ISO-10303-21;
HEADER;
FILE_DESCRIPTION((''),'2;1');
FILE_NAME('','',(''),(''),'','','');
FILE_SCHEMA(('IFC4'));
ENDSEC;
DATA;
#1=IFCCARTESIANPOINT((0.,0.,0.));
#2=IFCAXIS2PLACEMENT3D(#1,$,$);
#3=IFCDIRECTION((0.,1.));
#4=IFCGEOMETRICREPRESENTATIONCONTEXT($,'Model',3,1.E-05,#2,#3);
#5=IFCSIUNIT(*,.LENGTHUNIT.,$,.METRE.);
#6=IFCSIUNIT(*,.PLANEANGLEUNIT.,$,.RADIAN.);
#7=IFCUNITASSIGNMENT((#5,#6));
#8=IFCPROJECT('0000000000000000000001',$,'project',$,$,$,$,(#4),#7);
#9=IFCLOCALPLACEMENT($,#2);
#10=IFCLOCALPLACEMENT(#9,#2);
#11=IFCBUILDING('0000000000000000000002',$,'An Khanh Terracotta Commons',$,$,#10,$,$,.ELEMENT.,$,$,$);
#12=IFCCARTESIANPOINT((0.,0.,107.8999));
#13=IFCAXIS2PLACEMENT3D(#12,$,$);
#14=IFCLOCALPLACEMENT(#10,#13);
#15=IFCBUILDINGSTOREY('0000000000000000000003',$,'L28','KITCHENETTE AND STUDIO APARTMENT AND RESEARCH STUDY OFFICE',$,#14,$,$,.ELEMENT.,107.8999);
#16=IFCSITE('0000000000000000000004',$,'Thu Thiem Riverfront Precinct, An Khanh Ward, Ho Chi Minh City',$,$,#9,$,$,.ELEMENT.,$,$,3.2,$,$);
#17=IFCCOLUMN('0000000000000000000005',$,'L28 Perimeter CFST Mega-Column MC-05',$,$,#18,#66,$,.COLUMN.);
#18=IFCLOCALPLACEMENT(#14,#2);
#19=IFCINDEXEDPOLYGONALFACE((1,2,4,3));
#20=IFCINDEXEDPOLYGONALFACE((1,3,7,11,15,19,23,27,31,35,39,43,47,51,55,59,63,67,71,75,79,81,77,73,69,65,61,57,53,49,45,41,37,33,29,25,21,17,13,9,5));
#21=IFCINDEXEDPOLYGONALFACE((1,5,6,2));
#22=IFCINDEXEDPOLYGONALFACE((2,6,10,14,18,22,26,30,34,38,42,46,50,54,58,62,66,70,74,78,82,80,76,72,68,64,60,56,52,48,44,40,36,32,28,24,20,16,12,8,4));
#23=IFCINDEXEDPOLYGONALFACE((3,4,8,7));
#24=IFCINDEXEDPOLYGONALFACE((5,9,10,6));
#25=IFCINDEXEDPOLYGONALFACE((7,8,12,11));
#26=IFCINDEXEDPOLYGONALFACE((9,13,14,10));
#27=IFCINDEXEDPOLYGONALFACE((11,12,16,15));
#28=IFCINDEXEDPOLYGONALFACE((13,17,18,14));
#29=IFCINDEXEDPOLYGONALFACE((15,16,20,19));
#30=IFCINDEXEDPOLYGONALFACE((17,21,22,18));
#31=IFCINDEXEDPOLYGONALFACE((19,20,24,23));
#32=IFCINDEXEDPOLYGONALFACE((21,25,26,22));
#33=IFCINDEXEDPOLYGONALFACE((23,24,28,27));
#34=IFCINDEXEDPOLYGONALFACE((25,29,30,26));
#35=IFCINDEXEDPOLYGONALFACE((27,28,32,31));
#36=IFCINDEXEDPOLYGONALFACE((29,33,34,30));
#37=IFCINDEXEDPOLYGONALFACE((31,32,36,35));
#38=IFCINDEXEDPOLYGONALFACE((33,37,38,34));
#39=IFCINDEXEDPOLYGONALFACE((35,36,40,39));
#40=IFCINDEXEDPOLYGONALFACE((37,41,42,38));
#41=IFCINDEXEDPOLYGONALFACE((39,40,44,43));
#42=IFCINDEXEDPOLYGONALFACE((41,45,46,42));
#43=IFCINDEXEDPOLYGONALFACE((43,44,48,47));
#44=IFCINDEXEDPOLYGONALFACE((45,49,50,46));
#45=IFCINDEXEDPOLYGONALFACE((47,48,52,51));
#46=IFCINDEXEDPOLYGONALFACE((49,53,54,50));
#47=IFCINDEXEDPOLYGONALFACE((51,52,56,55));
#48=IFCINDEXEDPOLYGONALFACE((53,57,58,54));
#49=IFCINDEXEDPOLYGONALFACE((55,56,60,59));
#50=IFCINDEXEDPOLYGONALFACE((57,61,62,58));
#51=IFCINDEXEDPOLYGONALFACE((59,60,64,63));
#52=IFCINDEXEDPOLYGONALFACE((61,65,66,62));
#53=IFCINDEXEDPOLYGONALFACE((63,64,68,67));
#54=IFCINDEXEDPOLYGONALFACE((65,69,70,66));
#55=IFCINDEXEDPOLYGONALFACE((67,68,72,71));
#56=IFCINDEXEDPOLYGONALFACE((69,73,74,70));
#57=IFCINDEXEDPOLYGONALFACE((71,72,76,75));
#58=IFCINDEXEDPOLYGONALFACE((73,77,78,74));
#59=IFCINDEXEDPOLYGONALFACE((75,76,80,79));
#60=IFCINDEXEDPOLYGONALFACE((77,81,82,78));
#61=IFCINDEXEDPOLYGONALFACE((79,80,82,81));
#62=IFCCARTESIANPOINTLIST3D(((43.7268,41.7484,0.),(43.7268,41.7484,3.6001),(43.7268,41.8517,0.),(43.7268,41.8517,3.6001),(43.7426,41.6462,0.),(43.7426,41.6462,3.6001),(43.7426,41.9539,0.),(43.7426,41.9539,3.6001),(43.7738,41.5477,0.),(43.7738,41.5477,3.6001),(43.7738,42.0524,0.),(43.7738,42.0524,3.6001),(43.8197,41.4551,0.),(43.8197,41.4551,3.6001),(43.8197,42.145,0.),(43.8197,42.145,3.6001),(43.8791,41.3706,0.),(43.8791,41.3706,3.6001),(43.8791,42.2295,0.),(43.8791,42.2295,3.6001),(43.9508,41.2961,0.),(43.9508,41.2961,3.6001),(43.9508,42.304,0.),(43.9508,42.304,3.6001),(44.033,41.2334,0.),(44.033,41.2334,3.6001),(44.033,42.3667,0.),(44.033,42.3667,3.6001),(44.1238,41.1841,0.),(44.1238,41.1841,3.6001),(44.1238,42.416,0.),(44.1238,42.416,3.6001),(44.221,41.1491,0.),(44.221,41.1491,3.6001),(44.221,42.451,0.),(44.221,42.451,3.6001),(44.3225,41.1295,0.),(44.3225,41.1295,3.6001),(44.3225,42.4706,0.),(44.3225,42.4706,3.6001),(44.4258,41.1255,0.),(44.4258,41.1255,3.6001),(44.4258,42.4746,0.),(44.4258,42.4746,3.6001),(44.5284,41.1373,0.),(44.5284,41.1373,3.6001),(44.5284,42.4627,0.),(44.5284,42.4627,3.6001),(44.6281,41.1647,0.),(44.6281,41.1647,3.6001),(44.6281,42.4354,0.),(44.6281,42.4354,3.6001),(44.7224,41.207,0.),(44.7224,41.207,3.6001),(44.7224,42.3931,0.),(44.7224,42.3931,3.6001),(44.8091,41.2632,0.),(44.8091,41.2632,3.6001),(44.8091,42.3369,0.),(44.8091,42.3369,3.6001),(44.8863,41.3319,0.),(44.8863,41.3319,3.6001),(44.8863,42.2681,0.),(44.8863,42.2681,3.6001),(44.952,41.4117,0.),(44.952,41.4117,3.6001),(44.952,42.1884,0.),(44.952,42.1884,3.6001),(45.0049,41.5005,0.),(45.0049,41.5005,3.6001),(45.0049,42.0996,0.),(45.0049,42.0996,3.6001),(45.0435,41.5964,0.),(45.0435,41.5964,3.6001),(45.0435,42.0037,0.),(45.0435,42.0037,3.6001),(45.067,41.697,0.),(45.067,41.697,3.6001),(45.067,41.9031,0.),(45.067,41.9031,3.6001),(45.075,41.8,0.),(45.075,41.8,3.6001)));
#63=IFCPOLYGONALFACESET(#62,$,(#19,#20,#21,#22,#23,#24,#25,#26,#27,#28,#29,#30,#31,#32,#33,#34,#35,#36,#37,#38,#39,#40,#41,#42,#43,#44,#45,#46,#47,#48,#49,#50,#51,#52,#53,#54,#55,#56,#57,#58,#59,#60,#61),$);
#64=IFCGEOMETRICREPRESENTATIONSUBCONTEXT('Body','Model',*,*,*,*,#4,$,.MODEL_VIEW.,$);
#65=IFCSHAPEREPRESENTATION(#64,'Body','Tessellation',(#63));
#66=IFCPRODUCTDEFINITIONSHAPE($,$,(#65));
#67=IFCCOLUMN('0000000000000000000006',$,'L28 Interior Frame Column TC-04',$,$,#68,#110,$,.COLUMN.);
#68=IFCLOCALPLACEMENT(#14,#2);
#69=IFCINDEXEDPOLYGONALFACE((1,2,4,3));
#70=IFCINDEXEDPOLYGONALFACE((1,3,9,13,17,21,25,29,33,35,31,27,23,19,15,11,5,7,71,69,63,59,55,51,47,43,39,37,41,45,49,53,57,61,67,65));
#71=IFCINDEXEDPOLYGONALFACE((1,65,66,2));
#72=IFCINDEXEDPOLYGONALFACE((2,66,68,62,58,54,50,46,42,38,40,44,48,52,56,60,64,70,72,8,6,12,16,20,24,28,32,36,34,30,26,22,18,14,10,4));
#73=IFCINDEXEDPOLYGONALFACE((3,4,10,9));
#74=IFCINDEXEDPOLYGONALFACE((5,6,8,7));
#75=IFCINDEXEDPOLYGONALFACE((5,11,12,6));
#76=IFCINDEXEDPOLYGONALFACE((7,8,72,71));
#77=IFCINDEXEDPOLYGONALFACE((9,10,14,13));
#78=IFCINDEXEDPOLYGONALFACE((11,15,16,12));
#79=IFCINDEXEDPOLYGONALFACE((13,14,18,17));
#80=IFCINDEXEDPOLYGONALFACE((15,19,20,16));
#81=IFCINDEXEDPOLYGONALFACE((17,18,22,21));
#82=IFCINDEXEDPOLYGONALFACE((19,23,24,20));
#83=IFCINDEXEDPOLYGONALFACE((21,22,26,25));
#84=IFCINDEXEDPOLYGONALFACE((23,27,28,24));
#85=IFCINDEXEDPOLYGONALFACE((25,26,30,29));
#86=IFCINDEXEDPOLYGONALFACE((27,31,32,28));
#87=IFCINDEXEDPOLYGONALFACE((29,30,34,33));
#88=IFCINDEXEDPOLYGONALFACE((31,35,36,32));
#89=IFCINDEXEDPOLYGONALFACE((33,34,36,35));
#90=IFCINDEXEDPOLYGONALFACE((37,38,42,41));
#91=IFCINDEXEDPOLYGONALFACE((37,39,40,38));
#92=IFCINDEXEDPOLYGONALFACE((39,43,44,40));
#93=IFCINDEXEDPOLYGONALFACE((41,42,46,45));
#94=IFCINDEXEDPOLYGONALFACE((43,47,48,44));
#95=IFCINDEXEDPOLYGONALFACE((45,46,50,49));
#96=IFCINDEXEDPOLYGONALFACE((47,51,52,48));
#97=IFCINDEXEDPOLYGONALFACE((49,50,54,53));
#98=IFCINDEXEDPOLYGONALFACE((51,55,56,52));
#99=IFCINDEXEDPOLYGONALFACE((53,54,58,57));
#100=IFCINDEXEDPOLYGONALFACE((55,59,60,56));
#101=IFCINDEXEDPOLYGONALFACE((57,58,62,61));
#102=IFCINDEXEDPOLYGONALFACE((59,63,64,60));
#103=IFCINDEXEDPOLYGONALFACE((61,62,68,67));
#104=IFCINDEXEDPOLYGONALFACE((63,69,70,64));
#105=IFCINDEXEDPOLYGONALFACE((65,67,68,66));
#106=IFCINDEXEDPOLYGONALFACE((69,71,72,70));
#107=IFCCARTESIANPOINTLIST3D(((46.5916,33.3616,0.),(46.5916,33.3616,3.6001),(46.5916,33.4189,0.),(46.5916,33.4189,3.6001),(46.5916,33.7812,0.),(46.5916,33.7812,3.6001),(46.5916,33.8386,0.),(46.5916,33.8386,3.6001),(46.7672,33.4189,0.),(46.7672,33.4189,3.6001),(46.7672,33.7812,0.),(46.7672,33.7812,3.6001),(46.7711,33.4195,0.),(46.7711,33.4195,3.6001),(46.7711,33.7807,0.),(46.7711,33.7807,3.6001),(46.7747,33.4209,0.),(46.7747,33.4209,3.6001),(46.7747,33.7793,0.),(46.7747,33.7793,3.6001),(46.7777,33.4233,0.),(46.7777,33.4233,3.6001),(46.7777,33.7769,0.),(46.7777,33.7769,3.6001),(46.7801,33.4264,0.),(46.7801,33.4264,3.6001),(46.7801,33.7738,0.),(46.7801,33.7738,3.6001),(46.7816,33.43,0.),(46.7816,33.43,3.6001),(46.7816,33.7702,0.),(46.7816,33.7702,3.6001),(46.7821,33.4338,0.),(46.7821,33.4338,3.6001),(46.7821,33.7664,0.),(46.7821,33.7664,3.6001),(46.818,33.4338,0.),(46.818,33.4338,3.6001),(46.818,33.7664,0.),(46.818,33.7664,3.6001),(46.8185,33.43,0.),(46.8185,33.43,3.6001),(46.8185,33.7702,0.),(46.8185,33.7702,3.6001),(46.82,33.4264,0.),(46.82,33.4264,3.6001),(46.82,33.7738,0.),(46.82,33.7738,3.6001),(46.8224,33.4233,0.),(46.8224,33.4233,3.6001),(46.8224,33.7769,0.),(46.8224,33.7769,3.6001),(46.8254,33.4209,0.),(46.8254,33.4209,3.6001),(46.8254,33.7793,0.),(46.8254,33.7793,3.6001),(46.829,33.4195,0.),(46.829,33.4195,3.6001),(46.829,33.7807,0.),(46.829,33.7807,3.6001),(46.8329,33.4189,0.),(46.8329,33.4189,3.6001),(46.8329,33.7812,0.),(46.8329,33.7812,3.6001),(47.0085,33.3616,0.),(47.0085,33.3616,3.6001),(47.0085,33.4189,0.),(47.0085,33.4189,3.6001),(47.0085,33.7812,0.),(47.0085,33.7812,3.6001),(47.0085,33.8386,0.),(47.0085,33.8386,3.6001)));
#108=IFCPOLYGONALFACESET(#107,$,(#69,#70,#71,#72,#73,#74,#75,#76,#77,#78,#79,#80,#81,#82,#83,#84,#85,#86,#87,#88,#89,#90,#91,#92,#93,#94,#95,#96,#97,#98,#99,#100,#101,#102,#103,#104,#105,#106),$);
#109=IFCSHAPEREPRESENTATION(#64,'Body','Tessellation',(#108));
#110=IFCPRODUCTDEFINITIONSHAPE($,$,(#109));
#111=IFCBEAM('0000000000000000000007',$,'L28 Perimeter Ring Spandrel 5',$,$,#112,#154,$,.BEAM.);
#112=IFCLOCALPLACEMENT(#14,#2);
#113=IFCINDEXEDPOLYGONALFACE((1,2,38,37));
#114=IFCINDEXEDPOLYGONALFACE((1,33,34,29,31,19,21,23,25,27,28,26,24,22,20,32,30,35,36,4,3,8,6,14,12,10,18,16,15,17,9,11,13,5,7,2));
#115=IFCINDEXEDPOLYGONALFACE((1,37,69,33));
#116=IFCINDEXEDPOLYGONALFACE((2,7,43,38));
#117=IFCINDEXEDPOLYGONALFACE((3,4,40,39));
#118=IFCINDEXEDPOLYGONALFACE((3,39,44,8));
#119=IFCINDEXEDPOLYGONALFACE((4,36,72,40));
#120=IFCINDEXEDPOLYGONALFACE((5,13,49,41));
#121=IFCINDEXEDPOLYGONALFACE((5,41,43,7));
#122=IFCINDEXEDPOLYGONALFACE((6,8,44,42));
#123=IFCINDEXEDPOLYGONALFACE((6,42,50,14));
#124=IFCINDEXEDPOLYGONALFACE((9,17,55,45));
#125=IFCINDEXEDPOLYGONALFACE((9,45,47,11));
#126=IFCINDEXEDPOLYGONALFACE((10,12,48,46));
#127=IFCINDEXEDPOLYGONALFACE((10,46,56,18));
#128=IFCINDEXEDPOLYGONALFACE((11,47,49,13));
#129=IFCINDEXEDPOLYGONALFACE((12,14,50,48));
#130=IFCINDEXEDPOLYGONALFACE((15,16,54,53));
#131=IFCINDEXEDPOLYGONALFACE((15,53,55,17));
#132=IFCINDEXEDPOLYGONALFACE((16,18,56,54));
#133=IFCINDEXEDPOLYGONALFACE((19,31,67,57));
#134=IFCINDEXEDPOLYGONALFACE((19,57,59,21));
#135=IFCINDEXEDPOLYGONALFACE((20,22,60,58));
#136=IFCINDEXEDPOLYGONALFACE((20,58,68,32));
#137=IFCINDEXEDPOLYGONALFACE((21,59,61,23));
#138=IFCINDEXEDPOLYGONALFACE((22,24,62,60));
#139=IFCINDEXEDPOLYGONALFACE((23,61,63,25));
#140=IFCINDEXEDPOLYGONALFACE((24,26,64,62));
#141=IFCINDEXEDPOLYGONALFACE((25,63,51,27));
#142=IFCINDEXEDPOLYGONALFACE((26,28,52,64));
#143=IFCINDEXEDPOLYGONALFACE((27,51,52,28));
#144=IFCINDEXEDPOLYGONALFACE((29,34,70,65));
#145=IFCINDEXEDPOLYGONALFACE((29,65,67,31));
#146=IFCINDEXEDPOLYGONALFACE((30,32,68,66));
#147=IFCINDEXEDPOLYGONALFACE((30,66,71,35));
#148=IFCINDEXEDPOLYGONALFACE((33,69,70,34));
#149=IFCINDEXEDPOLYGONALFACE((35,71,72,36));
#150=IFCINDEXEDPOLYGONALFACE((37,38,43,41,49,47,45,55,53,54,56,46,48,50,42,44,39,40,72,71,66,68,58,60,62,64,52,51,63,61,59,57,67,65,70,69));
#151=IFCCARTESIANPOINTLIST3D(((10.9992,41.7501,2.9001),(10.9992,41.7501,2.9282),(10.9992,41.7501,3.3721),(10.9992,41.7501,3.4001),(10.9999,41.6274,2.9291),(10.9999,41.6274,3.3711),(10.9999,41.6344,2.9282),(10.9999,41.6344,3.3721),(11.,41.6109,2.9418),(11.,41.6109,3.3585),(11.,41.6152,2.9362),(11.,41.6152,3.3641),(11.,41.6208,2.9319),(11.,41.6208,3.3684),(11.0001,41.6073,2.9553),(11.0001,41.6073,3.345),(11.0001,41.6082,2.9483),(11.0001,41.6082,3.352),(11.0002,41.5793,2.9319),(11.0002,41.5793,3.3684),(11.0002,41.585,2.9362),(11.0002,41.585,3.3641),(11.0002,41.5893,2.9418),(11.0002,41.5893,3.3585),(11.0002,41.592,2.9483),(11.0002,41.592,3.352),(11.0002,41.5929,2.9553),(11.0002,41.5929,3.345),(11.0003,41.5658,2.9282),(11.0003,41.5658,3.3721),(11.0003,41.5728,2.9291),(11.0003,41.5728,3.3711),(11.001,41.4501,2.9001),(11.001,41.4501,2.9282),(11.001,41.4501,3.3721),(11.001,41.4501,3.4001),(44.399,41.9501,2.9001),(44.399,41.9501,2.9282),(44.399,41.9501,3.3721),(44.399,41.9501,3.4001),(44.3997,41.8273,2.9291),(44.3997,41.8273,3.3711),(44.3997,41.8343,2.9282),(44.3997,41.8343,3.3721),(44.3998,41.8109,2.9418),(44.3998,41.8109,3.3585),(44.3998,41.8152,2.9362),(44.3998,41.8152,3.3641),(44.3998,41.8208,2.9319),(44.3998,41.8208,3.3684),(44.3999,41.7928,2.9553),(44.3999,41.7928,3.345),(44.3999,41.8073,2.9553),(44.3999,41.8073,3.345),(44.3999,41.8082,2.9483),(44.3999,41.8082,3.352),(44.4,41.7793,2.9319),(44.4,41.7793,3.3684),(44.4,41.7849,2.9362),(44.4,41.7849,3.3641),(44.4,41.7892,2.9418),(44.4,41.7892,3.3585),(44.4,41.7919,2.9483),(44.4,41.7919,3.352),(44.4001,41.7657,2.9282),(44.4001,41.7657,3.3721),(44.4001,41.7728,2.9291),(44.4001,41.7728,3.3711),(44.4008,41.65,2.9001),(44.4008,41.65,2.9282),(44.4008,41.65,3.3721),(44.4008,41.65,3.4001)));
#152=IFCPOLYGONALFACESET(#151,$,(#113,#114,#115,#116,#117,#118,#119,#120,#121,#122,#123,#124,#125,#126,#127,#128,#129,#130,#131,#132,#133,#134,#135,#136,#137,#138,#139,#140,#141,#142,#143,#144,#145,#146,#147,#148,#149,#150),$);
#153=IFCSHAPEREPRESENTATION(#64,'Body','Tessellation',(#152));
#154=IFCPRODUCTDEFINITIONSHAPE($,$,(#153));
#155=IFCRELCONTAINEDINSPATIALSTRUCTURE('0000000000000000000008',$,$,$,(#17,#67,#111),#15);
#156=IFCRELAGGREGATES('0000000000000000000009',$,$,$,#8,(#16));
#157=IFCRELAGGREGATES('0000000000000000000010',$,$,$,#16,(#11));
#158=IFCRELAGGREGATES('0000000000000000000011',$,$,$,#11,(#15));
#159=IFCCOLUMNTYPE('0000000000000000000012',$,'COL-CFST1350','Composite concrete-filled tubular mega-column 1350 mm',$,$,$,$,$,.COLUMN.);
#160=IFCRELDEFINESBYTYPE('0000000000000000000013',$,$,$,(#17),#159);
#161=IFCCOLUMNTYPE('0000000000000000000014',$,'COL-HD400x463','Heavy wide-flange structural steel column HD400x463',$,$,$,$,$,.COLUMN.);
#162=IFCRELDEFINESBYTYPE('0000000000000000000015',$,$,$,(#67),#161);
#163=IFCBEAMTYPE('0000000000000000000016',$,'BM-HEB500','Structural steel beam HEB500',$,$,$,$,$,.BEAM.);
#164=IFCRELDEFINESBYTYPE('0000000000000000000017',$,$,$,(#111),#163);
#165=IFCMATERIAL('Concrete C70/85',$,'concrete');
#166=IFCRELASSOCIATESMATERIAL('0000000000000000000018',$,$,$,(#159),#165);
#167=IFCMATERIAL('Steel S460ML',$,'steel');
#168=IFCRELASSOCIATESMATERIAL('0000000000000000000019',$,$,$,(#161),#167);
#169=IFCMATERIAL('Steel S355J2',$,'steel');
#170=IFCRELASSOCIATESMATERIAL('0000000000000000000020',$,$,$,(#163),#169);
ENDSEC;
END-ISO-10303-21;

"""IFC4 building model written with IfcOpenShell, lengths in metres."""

from ifc_helpers import new_model, si_unit, direction, frame, origin, origin_2d, place, context, subcontext, project, spatial, circle, i_section, extrude, material, material_profile, profile_set, type_object, element, save


model = new_model("IFC4")

# Units and contexts
model_context = context("Model", 3, precision=1e-05, world=origin(), true_north=direction((0.0, 1.0)))
body_context = subcontext(model_context, "Body", "Model", "MODEL_VIEW")
ifc_project = project(units=[si_unit("LENGTHUNIT", "METRE"), si_unit("PLANEANGLEUNIT", "RADIAN")], contexts=[model_context])

# Site, building, storey
site_placement = place(None, origin())
site = spatial("IfcSite", under=ifc_project, at=site_placement, Name="Thu Thiem Riverfront Precinct, An Khanh Ward, Ho Chi Minh City", CompositionType="ELEMENT", RefElevation=3.2)
building_placement = place(site_placement, origin())
building = spatial("IfcBuilding", under=site, at=building_placement, Name="An Khanh Terracotta Commons", CompositionType="ELEMENT")
storey_placement = place(building_placement, frame((0.0, 0.0, 107.8999)))
storey = spatial("IfcBuildingStorey", under=building, at=storey_placement, Name="L28", Description="KITCHENETTE AND STUDIO APARTMENT AND RESEARCH STUDY OFFICE", CompositionType="ELEMENT", Elevation=107.8999)

# Columns
ifc_material_1 = material(Name="Concrete C70/85", Category="concrete")
ifc_material_profile_1 = material_profile(ifc_material_1, circle(Radius=0.675, at=origin_2d()), Name="CFST1350")
ifc_profile_set_1 = profile_set([ifc_material_profile_1], Name="Concrete C70/85")
column_type_1 = type_object("IfcColumnType", Name="COL-CFST1350", Description="Composite concrete-filled tubular mega-column 1350 mm", PredefinedType="COLUMN", material=ifc_profile_set_1)
column_1_placement = place(storey_placement, frame((44.3999, 41.8, 0.0), z_axis=(0.0, 0.0, 1.0), x_axis=(1.0, 0.0, 0.0)))
element("IfcColumn", 1, at=column_1_placement, inside=storey, type_object=column_type_1, Name="L28 Perimeter CFST Mega-Column MC-05", PredefinedType="COLUMN", context=body_context, shape_type="SweptSolid", body=[
    extrude(circle(Radius=0.675, at=origin_2d()), origin(), (0.0, 0.0, 1.0), 3.6001),
])
ifc_material_2 = material(Name="Steel S460ML", Category="steel")
ifc_material_profile_2 = material_profile(ifc_material_2, i_section(OverallWidth=0.417, OverallDepth=0.4771, WebThickness=0.0359, FlangeThickness=0.0574, FilletRadius=0.0149, at=origin_2d()), Name="HD400x463")
ifc_profile_set_2 = profile_set([ifc_material_profile_2], Name="Steel S460ML")
column_type_2 = type_object("IfcColumnType", Name="COL-HD400x463", Description="Heavy wide-flange structural steel column HD400x463", PredefinedType="COLUMN", material=ifc_profile_set_2)
column_2_placement = place(storey_placement, frame((46.8, 33.6001, 0.0), z_axis=(0.0, 0.0, 1.0), x_axis=(1.0, 0.0, 0.0)))
element("IfcColumn", 2, at=column_2_placement, inside=storey, type_object=column_type_2, Name="L28 Interior Frame Column TC-04", PredefinedType="COLUMN", context=body_context, shape_type="SweptSolid", body=[
    extrude(i_section(OverallWidth=0.417, OverallDepth=0.4771, WebThickness=0.0359, FlangeThickness=0.0574, FilletRadius=0.0149, at=origin_2d()), origin(), (0.0, 0.0, 1.0), 3.6001),
])

# Beam
ifc_material_3 = material(Name="Steel S355J2", Category="steel")
ifc_material_profile_3 = material_profile(ifc_material_3, i_section(OverallWidth=0.3, OverallDepth=0.5, WebThickness=0.0144, FlangeThickness=0.0281, FilletRadius=0.0271, at=origin_2d()), Name="HEB500")
ifc_profile_set_3 = profile_set([ifc_material_profile_3], Name="Steel S355J2")
beam_type = type_object("IfcBeamType", Name="BM-HEB500", Description="Structural steel beam HEB500", PredefinedType="BEAM", material=ifc_profile_set_3)
beam_1_placement = place(storey_placement, frame((44.3999, 41.8, 3.1501), z_axis=(-0.999982, -0.005986, 0.0), x_axis=(0.005986, -0.999982, 0.0)))
element("IfcBeam", 3, at=beam_1_placement, inside=storey, type_object=beam_type, Name="L28 Perimeter Ring Spandrel 5", PredefinedType="BEAM", context=body_context, shape_type="SweptSolid", body=[
    extrude(i_section(OverallWidth=0.3, OverallDepth=0.5, WebThickness=0.0144, FlangeThickness=0.0281, FilletRadius=0.0271, at=origin_2d()), origin(), (0.0, 0.0, 1.0), 33.4004),
])

save(model, "model.ifc")
